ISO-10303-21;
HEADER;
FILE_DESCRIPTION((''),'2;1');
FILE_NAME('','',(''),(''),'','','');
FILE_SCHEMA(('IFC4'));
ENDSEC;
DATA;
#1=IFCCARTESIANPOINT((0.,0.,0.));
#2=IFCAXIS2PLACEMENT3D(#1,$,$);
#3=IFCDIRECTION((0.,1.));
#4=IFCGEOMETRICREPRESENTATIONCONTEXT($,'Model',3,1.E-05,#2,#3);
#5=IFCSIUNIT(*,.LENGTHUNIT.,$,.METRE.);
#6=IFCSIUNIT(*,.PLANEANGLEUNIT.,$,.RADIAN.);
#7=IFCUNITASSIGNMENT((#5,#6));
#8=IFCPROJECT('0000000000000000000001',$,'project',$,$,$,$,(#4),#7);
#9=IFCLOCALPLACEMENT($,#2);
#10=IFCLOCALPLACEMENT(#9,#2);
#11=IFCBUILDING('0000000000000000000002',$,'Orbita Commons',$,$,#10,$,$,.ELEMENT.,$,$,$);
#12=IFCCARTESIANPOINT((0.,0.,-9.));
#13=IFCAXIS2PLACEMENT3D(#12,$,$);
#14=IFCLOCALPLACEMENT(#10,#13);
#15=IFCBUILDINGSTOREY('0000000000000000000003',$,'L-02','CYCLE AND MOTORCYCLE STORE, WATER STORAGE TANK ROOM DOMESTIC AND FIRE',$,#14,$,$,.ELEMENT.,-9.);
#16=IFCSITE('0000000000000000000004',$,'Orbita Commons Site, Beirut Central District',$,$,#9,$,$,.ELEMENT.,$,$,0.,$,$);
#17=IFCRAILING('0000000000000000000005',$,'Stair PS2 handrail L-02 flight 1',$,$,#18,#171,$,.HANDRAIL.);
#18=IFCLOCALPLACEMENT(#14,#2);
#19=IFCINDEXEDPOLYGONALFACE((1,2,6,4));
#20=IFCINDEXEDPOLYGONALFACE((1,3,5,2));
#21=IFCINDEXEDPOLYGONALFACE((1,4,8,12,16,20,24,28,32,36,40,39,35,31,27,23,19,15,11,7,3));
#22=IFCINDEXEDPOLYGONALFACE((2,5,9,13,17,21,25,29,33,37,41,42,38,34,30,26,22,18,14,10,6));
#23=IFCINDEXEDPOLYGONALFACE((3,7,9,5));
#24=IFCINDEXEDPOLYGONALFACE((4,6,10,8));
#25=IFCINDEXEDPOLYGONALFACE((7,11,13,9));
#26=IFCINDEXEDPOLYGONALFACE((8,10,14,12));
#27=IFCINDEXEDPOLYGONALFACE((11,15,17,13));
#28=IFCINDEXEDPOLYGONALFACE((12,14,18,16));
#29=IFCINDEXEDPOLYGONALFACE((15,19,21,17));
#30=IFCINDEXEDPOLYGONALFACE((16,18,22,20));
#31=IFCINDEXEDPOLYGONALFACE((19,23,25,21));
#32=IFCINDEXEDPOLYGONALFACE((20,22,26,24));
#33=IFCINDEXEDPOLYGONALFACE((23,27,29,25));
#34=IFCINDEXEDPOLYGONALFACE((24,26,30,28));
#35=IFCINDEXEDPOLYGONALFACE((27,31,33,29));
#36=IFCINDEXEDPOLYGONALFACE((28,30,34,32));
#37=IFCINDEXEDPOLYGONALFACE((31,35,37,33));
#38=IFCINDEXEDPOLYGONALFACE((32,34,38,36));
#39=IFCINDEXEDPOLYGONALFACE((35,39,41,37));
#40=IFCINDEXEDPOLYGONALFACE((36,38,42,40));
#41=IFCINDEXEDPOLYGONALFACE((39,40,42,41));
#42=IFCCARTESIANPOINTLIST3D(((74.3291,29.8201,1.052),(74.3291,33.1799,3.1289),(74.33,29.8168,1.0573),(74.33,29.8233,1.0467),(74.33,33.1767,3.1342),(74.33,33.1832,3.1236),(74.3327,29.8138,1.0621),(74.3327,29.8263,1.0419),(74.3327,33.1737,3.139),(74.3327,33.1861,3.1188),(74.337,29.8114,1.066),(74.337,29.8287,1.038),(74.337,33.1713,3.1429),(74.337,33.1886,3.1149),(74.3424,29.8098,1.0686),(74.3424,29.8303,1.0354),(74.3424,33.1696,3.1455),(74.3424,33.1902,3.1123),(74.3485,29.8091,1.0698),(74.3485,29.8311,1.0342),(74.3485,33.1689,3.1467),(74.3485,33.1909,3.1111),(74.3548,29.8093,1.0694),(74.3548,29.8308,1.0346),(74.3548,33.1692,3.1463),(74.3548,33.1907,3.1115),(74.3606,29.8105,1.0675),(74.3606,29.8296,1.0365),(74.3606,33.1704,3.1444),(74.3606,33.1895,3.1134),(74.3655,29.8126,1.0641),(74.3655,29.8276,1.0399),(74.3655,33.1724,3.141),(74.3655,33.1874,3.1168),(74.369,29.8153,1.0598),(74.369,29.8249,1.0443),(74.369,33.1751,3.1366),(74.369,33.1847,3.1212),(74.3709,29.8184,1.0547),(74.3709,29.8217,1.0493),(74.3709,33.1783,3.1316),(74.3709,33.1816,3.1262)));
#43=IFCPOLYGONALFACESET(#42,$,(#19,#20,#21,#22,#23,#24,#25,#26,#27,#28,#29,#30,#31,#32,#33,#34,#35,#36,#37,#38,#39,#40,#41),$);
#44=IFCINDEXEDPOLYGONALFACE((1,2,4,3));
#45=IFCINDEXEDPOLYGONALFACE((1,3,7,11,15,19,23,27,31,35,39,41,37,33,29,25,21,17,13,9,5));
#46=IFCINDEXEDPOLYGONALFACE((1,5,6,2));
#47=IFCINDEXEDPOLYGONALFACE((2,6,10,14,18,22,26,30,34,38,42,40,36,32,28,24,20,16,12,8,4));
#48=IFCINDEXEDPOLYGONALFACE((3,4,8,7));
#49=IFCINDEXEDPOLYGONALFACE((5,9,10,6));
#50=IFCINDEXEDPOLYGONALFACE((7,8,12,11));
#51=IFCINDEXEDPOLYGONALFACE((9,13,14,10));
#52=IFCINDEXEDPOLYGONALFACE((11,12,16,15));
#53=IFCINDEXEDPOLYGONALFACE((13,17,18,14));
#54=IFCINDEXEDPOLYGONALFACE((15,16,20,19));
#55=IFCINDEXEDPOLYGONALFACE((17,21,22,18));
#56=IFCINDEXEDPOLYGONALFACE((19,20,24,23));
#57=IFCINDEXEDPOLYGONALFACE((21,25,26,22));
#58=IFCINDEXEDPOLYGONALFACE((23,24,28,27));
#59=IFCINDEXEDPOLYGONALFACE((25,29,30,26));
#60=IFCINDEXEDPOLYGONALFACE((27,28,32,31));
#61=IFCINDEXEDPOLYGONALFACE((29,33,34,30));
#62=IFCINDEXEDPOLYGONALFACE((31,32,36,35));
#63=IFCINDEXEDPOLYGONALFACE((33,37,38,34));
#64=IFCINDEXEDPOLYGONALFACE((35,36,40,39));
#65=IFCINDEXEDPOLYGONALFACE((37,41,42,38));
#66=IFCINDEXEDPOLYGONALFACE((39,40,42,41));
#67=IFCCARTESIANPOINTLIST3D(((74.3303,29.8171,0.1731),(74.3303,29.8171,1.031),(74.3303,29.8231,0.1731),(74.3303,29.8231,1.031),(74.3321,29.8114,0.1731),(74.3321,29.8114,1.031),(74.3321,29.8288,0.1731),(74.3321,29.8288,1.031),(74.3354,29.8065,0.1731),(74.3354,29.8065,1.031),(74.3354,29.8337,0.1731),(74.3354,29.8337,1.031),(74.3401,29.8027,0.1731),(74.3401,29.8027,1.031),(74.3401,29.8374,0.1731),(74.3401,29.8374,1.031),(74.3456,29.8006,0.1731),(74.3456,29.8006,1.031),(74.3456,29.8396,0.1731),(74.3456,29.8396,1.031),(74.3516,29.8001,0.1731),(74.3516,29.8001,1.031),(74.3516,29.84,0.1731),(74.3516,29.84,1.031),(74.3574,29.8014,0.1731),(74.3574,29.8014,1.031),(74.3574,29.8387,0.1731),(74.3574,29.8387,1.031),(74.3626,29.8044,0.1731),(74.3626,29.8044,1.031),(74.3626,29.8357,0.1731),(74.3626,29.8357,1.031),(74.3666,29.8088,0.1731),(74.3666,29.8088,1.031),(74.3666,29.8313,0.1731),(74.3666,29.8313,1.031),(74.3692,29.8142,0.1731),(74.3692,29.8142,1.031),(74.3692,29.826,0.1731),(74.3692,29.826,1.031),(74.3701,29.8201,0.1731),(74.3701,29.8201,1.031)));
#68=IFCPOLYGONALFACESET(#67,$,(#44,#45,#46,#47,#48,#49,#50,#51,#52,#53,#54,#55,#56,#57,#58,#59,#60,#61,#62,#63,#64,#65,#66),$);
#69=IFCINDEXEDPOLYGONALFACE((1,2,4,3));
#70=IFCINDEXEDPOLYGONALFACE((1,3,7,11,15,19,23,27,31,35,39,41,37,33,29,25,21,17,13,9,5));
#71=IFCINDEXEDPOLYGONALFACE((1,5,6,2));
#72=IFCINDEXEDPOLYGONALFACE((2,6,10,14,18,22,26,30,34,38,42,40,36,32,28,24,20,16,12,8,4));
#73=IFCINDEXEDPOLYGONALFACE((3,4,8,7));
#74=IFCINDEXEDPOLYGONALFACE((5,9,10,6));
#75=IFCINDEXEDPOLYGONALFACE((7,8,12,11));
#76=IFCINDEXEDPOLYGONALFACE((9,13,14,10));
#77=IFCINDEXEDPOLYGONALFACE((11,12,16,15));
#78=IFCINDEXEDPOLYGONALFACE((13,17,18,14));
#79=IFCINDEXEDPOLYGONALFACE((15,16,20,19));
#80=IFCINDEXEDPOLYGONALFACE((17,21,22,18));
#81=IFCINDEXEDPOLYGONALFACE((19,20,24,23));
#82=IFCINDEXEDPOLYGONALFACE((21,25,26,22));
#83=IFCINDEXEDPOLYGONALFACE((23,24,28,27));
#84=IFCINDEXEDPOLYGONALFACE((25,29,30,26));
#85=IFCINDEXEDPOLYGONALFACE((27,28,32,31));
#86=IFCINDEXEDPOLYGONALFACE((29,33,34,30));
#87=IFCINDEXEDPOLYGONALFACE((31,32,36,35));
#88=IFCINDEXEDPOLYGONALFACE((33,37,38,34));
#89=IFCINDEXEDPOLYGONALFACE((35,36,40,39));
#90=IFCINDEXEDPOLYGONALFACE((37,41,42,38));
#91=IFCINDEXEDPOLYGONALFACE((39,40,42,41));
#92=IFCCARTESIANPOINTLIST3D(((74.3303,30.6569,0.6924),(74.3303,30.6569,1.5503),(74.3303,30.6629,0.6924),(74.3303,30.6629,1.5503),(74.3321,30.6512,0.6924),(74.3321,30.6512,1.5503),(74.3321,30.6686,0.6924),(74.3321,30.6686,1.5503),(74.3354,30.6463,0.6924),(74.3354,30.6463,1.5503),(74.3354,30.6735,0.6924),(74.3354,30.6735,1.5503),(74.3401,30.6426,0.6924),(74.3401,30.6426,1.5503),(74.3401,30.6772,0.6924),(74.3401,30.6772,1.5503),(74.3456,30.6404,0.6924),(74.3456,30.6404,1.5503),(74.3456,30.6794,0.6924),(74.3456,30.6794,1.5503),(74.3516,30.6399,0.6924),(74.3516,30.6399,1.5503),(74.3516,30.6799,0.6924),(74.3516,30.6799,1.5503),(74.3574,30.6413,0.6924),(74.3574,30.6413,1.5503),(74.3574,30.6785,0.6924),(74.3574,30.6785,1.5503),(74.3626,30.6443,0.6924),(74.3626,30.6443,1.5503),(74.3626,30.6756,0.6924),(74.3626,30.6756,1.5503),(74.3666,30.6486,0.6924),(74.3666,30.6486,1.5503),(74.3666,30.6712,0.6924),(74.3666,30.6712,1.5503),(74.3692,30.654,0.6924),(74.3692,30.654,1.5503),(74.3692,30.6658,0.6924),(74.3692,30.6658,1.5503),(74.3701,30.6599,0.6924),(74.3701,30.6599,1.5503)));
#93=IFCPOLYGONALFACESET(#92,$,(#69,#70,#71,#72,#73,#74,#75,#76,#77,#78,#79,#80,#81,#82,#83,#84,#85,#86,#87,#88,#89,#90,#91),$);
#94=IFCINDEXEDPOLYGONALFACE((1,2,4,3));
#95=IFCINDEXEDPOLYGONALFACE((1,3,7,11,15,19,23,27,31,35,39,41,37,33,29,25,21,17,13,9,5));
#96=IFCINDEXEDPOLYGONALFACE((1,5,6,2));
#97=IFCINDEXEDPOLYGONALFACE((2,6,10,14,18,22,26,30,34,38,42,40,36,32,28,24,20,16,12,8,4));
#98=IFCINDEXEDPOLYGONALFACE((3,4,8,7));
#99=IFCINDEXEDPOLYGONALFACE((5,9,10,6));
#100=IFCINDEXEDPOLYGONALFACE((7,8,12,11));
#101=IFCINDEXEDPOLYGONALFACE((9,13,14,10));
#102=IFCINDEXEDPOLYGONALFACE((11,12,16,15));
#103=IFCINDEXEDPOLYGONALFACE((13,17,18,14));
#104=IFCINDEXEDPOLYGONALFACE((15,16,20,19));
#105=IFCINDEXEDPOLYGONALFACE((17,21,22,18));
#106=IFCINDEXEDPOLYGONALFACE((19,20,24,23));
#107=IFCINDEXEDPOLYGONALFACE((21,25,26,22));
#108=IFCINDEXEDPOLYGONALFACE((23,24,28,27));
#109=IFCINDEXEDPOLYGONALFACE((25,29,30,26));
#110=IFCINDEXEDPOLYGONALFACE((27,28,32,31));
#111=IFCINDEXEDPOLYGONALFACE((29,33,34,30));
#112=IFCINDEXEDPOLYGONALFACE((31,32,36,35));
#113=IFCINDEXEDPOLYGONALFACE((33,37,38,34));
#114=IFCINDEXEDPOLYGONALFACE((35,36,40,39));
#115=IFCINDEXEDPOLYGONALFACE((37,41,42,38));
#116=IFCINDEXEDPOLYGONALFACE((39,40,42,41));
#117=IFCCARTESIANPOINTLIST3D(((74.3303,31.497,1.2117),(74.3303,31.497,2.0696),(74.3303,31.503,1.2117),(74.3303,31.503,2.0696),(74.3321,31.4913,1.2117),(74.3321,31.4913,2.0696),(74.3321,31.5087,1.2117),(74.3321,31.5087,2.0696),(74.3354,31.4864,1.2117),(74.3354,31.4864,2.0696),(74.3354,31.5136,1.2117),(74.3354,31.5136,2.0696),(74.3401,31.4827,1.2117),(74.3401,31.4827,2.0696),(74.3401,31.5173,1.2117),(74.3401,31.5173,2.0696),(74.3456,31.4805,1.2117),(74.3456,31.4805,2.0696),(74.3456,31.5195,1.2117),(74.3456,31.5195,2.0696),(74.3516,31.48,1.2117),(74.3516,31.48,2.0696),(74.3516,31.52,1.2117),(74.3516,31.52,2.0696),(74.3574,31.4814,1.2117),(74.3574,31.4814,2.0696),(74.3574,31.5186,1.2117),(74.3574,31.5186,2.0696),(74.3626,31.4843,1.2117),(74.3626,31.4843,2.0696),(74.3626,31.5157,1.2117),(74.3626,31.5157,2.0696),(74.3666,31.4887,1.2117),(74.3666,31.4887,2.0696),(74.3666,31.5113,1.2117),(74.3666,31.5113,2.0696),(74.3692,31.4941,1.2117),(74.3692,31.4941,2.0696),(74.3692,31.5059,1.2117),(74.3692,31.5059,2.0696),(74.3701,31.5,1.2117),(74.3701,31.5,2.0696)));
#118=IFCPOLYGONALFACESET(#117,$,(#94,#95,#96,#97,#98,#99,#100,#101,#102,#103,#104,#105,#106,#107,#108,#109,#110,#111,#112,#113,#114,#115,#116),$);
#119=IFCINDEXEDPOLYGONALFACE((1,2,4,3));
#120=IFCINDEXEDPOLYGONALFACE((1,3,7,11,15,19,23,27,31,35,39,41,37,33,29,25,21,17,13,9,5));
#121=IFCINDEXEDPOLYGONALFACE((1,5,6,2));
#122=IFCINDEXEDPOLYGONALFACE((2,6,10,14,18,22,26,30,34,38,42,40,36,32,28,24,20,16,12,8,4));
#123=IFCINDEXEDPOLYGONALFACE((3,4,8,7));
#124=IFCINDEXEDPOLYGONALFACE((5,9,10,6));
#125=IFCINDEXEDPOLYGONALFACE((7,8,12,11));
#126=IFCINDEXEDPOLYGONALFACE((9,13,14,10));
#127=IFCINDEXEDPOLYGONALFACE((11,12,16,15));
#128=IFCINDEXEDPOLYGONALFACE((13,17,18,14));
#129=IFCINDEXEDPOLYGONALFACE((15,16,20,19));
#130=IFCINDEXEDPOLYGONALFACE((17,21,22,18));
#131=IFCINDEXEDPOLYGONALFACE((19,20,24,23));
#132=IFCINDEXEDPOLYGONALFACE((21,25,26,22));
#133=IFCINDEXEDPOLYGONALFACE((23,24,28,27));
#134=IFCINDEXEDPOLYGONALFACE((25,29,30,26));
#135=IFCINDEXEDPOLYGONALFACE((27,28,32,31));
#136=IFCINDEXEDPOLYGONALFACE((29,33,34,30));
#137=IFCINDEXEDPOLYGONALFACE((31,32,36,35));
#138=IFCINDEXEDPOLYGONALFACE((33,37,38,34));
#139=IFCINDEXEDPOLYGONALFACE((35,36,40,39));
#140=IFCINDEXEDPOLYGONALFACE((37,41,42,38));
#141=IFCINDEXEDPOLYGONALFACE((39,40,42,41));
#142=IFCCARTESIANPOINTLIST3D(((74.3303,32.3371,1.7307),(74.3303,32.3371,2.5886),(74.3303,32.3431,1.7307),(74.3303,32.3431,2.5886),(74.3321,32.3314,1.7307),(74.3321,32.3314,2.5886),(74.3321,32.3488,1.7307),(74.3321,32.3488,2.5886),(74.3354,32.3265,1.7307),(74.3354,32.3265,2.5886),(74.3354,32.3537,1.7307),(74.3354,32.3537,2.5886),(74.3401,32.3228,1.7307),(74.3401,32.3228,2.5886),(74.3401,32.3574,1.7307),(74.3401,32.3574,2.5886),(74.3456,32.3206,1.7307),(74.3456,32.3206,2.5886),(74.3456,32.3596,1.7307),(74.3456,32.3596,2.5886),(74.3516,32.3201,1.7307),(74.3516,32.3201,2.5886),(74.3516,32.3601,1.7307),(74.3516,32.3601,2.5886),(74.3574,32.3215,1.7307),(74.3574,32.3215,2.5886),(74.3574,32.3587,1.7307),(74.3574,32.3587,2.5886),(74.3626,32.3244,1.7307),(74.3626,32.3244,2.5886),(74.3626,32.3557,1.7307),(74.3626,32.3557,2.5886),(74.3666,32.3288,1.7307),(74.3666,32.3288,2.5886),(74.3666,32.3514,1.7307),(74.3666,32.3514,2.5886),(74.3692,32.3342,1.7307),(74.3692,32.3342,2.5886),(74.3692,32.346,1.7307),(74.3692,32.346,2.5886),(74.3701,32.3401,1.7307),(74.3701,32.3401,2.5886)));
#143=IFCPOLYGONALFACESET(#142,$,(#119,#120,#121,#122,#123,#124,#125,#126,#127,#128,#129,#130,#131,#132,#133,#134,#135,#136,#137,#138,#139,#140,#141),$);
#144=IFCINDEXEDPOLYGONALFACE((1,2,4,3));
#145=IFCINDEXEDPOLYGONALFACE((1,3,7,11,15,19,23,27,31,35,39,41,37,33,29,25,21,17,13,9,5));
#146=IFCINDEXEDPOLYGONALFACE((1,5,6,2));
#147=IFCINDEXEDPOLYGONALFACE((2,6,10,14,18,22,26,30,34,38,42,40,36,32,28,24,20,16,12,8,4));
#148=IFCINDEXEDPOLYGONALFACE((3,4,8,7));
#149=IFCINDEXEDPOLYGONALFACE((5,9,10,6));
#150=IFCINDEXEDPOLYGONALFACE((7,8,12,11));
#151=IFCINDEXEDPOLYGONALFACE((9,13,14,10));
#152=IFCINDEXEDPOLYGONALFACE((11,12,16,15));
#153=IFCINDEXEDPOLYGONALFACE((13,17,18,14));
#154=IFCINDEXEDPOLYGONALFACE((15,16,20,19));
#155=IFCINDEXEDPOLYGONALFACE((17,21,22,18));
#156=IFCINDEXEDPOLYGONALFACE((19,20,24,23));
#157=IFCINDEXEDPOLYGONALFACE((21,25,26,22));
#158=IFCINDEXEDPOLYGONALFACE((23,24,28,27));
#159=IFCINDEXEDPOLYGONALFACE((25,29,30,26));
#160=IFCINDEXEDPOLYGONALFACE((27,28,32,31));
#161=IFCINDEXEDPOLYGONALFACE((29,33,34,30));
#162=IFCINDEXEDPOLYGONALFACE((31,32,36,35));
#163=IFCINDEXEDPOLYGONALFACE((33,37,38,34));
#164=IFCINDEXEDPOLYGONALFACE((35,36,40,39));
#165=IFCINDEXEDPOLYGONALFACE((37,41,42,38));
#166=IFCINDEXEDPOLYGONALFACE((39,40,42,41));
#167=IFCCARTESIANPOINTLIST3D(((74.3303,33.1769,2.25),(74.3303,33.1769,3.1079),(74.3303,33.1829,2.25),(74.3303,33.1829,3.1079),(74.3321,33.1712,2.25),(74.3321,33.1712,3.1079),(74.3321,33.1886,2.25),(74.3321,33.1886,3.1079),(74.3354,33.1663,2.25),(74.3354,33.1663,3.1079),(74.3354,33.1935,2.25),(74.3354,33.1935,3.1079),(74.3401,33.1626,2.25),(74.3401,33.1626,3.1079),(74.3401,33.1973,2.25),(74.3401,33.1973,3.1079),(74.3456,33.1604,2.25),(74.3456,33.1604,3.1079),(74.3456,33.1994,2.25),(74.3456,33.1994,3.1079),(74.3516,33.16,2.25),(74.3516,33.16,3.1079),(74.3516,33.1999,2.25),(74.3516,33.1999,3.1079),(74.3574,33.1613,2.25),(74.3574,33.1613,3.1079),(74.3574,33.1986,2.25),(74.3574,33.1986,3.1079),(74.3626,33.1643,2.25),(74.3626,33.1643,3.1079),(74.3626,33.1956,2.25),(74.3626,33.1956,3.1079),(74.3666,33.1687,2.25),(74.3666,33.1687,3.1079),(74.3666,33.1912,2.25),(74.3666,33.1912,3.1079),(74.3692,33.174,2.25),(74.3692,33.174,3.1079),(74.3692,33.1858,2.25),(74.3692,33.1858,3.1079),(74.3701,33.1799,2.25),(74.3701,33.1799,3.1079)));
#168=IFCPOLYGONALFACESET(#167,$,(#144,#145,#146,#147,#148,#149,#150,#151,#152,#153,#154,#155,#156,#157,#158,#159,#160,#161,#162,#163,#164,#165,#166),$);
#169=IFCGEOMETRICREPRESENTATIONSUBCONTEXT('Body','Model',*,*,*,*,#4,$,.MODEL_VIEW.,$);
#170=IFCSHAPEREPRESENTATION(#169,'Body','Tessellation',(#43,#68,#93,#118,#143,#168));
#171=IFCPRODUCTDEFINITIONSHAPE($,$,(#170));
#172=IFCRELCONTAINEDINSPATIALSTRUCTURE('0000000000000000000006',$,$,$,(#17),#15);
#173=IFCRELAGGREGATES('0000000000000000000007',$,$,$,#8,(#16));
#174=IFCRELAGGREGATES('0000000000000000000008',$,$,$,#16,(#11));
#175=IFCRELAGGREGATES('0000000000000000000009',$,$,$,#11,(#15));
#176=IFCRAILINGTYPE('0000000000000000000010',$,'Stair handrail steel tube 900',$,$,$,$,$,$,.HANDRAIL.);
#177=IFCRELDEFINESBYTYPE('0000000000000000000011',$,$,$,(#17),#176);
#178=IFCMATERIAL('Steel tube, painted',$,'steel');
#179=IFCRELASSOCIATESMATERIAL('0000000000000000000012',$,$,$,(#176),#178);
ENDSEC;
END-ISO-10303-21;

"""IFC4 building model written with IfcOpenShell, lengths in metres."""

from ifc_helpers import new_model, si_unit, direction, frame, origin, origin_2d, place, context, subcontext, project, spatial, circle, extrude, material, type_object, element, save


model = new_model("IFC4")

# Units and contexts
model_context = context("Model", 3, precision=1e-05, world=origin(), true_north=direction((0.0, 1.0)))
body_context = subcontext(model_context, "Body", "Model", "MODEL_VIEW")
ifc_project = project(units=[si_unit("LENGTHUNIT", "METRE"), si_unit("PLANEANGLEUNIT", "RADIAN")], contexts=[model_context])

# Site, building, storey
site_placement = place(None, origin())
site = spatial("IfcSite", under=ifc_project, at=site_placement, Name="Orbita Commons Site, Beirut Central District", CompositionType="ELEMENT", RefElevation=0.0)
building_placement = place(site_placement, origin())
building = spatial("IfcBuilding", under=site, at=building_placement, Name="Orbita Commons", CompositionType="ELEMENT")
storey_placement = place(building_placement, frame((0.0, 0.0, -9.0)))
storey = spatial("IfcBuildingStorey", under=building, at=storey_placement, Name="L-02", Description="CYCLE AND MOTORCYCLE STORE, WATER STORAGE TANK ROOM DOMESTIC AND FIRE", CompositionType="ELEMENT", Elevation=-9.0)

# Railing
ifc_material_1 = material(Name="Steel tube, painted", Category="steel")
railing_type_1 = type_object("IfcRailingType", Name="Stair handrail steel tube 900", PredefinedType="HANDRAIL", material=ifc_material_1)
for number, where, name in (
    (1, (74.3501, 29.8201, 0.1731), "Stair PS2 handrail L-02 flight 1"),
):
    element("IfcRailing", number, at=place(storey_placement, frame(where)), inside=storey, type_object=railing_type_1, Name=name, PredefinedType="HANDRAIL", context=body_context, shape_type="SweptSolid", body=[
        extrude(circle(Radius=0.021, at=origin_2d()), frame((0.0, 0.0, 0.8789), z_axis=(0.0, 0.850606, 0.525803), x_axis=(-1.0, 0.0, 0.0)), (0.0, 0.0, 1.0), 3.95),
        extrude(circle(Radius=0.02, at=origin_2d()), origin(), (0.0, 0.0, 1.0), 0.8579),
        extrude(circle(Radius=0.02, at=origin_2d()), frame((0.0, 0.8398, 0.5193)), (0.0, 0.0, 1.0), 0.8579),
        extrude(circle(Radius=0.02, at=origin_2d()), frame((0.0, 1.6799, 1.0386)), (0.0, 0.0, 1.0), 0.8579),
        extrude(circle(Radius=0.02, at=origin_2d()), frame((0.0, 2.52, 1.5576)), (0.0, 0.0, 1.0), 0.8579),
        extrude(circle(Radius=0.02, at=origin_2d()), frame((0.0, 3.3599, 2.0769)), (0.0, 0.0, 1.0), 0.8579),
    ])

save(model, "model.ifc")
